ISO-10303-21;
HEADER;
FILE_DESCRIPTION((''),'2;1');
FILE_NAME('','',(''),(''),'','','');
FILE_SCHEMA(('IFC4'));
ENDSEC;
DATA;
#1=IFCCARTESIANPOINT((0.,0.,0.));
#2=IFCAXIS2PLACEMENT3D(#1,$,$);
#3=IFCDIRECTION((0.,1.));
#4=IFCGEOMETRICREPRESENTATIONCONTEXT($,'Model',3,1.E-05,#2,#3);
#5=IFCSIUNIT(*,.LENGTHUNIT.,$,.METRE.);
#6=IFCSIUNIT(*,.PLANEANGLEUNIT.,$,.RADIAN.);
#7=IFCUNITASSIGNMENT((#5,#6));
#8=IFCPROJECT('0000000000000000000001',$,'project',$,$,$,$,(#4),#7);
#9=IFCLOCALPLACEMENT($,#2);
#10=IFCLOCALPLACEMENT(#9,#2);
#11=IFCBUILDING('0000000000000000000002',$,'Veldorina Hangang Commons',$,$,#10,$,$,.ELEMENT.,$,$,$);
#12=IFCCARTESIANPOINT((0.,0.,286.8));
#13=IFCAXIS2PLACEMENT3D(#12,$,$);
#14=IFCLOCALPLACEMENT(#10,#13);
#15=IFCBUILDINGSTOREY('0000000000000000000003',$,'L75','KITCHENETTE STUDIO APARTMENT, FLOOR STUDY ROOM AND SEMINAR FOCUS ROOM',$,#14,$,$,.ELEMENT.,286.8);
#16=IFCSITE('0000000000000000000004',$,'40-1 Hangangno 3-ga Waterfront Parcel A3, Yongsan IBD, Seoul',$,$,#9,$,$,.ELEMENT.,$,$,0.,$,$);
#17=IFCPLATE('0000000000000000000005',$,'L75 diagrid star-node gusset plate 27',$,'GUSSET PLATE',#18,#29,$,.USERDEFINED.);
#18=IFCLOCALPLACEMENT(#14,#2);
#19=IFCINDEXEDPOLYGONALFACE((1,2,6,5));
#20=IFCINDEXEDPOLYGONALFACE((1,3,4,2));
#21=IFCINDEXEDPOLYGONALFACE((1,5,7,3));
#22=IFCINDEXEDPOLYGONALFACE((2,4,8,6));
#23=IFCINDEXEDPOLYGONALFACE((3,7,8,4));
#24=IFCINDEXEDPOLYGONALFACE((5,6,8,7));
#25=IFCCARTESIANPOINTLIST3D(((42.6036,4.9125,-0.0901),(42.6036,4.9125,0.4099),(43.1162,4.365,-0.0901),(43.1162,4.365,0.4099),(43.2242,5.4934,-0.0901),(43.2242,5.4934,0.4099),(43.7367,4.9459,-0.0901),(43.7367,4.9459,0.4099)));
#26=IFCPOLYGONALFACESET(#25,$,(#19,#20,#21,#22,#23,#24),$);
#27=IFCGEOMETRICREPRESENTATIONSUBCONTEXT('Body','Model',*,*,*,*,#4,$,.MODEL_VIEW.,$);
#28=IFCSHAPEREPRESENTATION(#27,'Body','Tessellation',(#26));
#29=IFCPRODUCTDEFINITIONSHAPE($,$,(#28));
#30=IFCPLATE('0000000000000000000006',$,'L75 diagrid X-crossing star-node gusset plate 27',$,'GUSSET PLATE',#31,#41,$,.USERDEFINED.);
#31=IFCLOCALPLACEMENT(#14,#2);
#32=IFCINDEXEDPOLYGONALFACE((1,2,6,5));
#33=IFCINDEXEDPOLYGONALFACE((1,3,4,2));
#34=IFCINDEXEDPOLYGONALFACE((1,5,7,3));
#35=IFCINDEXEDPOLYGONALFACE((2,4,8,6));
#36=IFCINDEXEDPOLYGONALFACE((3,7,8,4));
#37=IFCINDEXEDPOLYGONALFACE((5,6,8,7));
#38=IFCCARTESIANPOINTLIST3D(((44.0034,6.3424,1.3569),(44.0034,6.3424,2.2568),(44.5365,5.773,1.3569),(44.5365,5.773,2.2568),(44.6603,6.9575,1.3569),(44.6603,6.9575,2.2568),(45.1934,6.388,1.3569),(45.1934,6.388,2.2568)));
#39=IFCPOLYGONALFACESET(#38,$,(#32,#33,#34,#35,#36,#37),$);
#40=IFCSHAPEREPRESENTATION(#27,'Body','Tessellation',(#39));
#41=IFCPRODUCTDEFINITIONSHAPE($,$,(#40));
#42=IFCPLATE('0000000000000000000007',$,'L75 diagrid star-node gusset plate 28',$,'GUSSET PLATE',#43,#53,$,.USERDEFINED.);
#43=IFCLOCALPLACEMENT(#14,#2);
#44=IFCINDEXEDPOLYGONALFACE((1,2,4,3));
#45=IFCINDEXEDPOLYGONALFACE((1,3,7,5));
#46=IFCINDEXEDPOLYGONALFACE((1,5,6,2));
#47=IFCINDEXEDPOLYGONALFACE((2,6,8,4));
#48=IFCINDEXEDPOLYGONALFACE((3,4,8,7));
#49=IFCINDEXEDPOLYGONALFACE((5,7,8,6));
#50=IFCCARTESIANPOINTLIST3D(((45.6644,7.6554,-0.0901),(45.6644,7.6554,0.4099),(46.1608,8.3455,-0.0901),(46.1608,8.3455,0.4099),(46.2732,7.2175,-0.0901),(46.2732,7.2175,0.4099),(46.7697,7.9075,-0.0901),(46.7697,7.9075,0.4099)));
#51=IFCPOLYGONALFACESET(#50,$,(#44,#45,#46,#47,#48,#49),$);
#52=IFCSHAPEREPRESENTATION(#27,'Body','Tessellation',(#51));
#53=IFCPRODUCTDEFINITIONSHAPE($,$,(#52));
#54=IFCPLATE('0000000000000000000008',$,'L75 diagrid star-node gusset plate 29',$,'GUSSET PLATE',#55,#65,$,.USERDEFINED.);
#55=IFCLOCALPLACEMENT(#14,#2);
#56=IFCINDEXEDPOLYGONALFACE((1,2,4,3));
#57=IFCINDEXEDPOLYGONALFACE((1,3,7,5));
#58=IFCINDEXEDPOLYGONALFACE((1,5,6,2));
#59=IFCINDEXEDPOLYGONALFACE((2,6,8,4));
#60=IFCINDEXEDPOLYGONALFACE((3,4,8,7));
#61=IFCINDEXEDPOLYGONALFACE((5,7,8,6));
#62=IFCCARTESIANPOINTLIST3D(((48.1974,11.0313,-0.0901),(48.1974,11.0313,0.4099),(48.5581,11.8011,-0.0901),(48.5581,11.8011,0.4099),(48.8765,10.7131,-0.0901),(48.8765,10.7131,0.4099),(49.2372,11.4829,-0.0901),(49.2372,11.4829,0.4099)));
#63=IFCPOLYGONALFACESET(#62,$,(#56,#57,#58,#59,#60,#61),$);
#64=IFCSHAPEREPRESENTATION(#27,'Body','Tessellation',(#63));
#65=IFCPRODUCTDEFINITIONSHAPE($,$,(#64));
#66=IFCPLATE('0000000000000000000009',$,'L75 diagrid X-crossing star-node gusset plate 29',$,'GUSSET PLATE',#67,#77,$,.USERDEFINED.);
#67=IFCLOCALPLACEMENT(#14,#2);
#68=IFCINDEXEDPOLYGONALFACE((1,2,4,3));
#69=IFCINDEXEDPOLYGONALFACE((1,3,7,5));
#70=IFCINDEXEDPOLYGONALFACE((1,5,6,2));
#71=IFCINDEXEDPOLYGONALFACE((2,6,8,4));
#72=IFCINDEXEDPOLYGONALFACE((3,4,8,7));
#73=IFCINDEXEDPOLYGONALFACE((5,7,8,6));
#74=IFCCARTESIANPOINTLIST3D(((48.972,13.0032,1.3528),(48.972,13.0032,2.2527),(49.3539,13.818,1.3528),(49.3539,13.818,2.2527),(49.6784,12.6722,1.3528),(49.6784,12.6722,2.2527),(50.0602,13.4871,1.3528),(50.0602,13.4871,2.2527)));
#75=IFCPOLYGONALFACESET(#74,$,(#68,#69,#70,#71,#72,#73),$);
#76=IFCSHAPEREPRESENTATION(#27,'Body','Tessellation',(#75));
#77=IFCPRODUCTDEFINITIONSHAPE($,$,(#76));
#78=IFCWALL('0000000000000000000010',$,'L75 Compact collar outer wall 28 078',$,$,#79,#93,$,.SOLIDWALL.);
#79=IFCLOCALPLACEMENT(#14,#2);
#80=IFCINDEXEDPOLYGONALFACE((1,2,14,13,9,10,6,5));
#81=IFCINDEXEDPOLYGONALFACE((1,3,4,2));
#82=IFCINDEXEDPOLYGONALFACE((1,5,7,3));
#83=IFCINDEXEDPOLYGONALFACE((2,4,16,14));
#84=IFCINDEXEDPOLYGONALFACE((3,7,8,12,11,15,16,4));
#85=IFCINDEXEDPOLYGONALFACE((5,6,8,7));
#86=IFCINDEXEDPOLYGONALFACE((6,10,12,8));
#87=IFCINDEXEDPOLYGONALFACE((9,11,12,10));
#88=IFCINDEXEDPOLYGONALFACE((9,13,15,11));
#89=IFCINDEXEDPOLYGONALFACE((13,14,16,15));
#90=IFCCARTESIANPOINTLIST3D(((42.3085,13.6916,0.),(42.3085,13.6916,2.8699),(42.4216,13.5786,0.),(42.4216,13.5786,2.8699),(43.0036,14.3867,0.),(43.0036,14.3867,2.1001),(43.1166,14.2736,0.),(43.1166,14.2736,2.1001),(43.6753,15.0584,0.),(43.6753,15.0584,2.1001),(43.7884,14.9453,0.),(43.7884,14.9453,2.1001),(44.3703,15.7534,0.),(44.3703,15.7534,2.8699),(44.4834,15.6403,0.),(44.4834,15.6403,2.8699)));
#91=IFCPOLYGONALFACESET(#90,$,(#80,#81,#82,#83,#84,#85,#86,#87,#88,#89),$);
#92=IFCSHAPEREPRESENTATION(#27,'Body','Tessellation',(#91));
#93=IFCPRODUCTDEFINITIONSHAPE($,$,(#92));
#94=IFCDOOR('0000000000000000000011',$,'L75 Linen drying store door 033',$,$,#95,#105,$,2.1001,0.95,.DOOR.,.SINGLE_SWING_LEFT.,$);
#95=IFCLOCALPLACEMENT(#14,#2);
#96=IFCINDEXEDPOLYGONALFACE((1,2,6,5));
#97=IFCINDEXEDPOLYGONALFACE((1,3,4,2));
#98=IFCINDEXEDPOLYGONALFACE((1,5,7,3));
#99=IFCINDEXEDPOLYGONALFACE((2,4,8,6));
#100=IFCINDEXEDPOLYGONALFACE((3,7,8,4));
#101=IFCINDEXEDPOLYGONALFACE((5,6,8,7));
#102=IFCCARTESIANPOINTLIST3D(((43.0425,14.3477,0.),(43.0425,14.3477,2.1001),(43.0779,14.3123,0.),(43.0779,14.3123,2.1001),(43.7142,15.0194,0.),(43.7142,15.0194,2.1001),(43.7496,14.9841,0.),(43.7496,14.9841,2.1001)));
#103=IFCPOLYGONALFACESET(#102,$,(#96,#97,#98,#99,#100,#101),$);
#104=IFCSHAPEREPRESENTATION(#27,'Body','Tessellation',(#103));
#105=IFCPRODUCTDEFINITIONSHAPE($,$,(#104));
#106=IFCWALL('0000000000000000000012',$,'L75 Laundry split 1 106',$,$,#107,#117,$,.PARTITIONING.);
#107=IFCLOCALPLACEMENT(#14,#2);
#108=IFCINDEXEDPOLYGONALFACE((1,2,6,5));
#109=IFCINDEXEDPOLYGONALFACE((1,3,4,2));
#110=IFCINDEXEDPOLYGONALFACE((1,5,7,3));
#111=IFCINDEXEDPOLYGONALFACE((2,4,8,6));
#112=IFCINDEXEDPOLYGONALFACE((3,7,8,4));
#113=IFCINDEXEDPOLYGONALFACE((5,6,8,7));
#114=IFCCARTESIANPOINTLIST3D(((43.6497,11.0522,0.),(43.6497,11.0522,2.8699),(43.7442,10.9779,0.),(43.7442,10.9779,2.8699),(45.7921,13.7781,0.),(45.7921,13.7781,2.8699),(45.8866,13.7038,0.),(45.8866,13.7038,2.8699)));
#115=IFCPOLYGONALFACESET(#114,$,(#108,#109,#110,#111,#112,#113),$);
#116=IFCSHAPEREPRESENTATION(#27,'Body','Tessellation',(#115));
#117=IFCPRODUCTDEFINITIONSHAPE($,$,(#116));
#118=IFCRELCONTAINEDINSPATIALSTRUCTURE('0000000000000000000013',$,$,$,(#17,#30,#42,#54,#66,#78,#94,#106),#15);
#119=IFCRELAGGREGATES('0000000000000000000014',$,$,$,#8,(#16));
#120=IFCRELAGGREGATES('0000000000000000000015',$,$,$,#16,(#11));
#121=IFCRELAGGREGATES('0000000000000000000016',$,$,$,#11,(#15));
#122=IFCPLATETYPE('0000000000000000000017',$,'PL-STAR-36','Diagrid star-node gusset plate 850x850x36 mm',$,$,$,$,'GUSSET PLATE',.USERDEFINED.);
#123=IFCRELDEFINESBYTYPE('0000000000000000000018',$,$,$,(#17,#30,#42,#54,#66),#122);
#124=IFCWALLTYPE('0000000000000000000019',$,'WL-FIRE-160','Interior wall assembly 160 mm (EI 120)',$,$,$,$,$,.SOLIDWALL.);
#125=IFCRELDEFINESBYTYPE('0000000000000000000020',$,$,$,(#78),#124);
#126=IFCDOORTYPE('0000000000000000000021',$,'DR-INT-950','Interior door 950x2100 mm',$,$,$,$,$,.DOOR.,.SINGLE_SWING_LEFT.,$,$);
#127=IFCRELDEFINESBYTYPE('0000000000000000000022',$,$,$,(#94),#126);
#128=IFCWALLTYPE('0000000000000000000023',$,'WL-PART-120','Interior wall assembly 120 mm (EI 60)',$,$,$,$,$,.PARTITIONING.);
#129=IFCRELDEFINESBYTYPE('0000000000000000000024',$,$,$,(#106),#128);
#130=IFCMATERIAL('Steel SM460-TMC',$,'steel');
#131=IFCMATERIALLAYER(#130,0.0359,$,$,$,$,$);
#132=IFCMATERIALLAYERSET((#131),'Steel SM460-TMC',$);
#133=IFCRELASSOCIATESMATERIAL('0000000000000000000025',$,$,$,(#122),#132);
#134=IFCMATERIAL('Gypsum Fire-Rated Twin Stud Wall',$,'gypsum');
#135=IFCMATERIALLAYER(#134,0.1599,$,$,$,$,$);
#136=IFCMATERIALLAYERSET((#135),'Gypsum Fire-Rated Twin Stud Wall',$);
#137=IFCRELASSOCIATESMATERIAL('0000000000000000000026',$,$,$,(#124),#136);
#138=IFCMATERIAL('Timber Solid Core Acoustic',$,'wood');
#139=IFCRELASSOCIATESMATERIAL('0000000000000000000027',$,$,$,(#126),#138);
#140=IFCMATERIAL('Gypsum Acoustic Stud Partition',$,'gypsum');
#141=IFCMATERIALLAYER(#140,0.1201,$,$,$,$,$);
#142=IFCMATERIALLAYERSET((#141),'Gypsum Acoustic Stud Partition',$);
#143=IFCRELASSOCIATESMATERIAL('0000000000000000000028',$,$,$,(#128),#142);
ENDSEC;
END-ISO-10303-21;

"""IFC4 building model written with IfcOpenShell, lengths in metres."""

from ifc_helpers import new_model, si_unit, direction, frame, frame_2d, origin, origin_2d, place, context, subcontext, project, spatial, rectangle, extrude, material, layer, layer_set, type_object, element, fill, save


model = new_model("IFC4")

# Units and contexts
model_context = context("Model", 3, precision=1e-05, world=origin(), true_north=direction((0.0, 1.0)))
body_context = subcontext(model_context, "Body", "Model", "MODEL_VIEW")
ifc_project = project(units=[si_unit("LENGTHUNIT", "METRE"), si_unit("PLANEANGLEUNIT", "RADIAN")], contexts=[model_context])

# Site, building, storey
site_placement = place(None, origin())
site = spatial("IfcSite", under=ifc_project, at=site_placement, Name="40-1 Hangangno 3-ga Waterfront Parcel A3, Yongsan IBD, Seoul", CompositionType="ELEMENT", RefElevation=0.0)
building_placement = place(site_placement, origin())
building = spatial("IfcBuilding", under=site, at=building_placement, Name="Veldorina Hangang Commons", CompositionType="ELEMENT")
storey_placement = place(building_placement, frame((0.0, 0.0, 286.8)))
storey = spatial("IfcBuildingStorey", under=building, at=storey_placement, Name="L75", Description="KITCHENETTE STUDIO APARTMENT, FLOOR STUDY ROOM AND SEMINAR FOCUS ROOM", CompositionType="ELEMENT", Elevation=286.8)

# Plates
ifc_material_1 = material(Name="Steel SM460-TMC", Category="steel")
ifc_layer_1 = layer(ifc_material_1, 0.0359)
ifc_layer_set_1 = layer_set([ifc_layer_1], Name="Steel SM460-TMC")
plate_type_1 = type_object("IfcPlateType", Name="PL-STAR-36", Description="Diagrid star-node gusset plate 850x850x36 mm", ElementType="GUSSET PLATE", PredefinedType="USERDEFINED", material=ifc_layer_set_1)
plate_1_placement = place(storey_placement, frame((43.1702, 4.9292, -0.0901), z_axis=(0.0, 0.0, 1.0), x_axis=(0.730007, 0.683439, 0.0)))
element("IfcPlate", 1, at=plate_1_placement, inside=storey, type_object=plate_type_1, Name="L75 diagrid star-node gusset plate 27", ObjectType="GUSSET PLATE", PredefinedType="USERDEFINED", context=body_context, shape_type="SweptSolid", body=[
    extrude(rectangle(XDim=0.8501, YDim=0.75, at=origin_2d()), origin(), (0.0, 0.0, 1.0), 0.5),
])
plate_2_placement = place(storey_placement, frame((44.5984, 6.3652, 1.3569), z_axis=(0.0, 0.0, 1.0), x_axis=(0.730007, 0.683439, 0.0)))
element("IfcPlate", 2, at=plate_2_placement, inside=storey, type_object=plate_type_1, Name="L75 diagrid X-crossing star-node gusset plate 27", ObjectType="GUSSET PLATE", PredefinedType="USERDEFINED", context=body_context, shape_type="SweptSolid", body=[
    extrude(rectangle(XDim=0.8999, YDim=0.78, at=origin_2d()), origin(), (0.0, 0.0, 1.0), 0.8999),
])
for number, where, z_axis, x_axis, name in (
    (3, (46.217, 7.7815, -0.0901), (0.0, 0.0, 1.0), (0.583981, 0.811768, 0.0), "L75 diagrid star-node gusset plate 28"),
    (4, (48.7173, 11.2571, -0.0901), (0.0, 0.0, 1.0), (0.424294, 0.905524, 0.0), "L75 diagrid star-node gusset plate 29"),
):
    element("IfcPlate", number, at=place(storey_placement, frame(where, z_axis=z_axis, x_axis=x_axis)), inside=storey, type_object=plate_type_1, Name=name, ObjectType="GUSSET PLATE", PredefinedType="USERDEFINED", context=body_context, shape_type="SweptSolid", body=[
        extrude(rectangle(XDim=0.8501, YDim=0.75, at=origin_2d()), origin(), (0.0, 0.0, 1.0), 0.5),
    ])
plate_3_placement = place(storey_placement, frame((49.5161, 13.2451, 1.3528), z_axis=(0.0, 0.0, 1.0), x_axis=(0.424294, 0.905524, 0.0)))
element("IfcPlate", 5, at=plate_3_placement, inside=storey, type_object=plate_type_1, Name="L75 diagrid X-crossing star-node gusset plate 29", ObjectType="GUSSET PLATE", PredefinedType="USERDEFINED", context=body_context, shape_type="SweptSolid", body=[
    extrude(rectangle(XDim=0.8999, YDim=0.78, at=origin_2d()), origin(), (0.0, 0.0, 1.0), 0.8999),
])

# Wall, opening, door
ifc_material_2 = material(Name="Gypsum Fire-Rated Twin Stud Wall", Category="gypsum")
ifc_layer_2 = layer(ifc_material_2, 0.1599)
ifc_layer_set_2 = layer_set([ifc_layer_2], Name="Gypsum Fire-Rated Twin Stud Wall")
wall_type_1 = type_object("IfcWallType", Name="WL-FIRE-160", Description="Interior wall assembly 160 mm (EI 120)", PredefinedType="SOLIDWALL", material=ifc_layer_set_2)
wall_1_placement = place(storey_placement, frame((42.365, 13.635, 0.0), z_axis=(0.0, 0.0, 1.0), x_axis=(0.707107, 0.707107, 0.0)))
wall_1 = element("IfcWall", 6, at=wall_1_placement, inside=storey, type_object=wall_type_1, Name="L75 Compact collar outer wall 28 078", PredefinedType="SOLIDWALL", context=body_context, shape_type="SweptSolid", body=[
    extrude(rectangle(XDim=2.9158, YDim=0.1599, at=frame_2d((1.458, 0.0))), origin(), (0.0, 0.0, 1.0), 2.8699),
])
opening_placement = place(wall_1_placement, frame((0.9829, 0.0, 0.0)))
opening = element("IfcOpeningElement", 7, at=opening_placement, cuts=wall_1, PredefinedType="OPENING", context=body_context, shape_type="SweptSolid", body=[
    extrude(rectangle(XDim=0.95, YDim=2.1001, at=frame_2d((0.4751, 1.05))), frame((0.0, 0.0898, 0.0), z_axis=(0.0, -1.0, 0.0), x_axis=(1.0, 0.0, 0.0)), (0.0, 0.0, 1.0), 0.1799),
])
ifc_material_3 = material(Name="Timber Solid Core Acoustic", Category="wood")
door_type = type_object("IfcDoorType", Name="DR-INT-950", Description="Interior door 950x2100 mm", OperationType="SINGLE_SWING_LEFT", PredefinedType="DOOR", material=ifc_material_3)
door_placement = place(opening_placement, origin())
door = element("IfcDoor", 8, at=door_placement, inside=storey, type_object=door_type, Name="L75 Linen drying store door 033", OperationType="SINGLE_SWING_LEFT", OverallHeight=2.1001, OverallWidth=0.95, PredefinedType="DOOR", context=body_context, shape_type="SweptSolid", body=[
    extrude(rectangle(XDim=0.95, YDim=2.1001, at=frame_2d((0.4751, 1.05))), frame((0.0, 0.0249, 0.0), z_axis=(0.0, -1.0, 0.0), x_axis=(1.0, 0.0, 0.0)), (0.0, 0.0, 1.0), 0.05),
])
fill(opening, door)

# Wall
ifc_material_4 = material(Name="Gypsum Acoustic Stud Partition", Category="gypsum")
ifc_layer_3 = layer(ifc_material_4, 0.1201)
ifc_layer_set_3 = layer_set([ifc_layer_3], Name="Gypsum Acoustic Stud Partition")
wall_type_2 = type_object("IfcWallType", Name="WL-PART-120", Description="Interior wall assembly 120 mm (EI 60)", PredefinedType="PARTITIONING", material=ifc_layer_set_3)
wall_2_placement = place(storey_placement, frame((43.697, 11.0151, 0.0), z_axis=(0.0, 0.0, 1.0), x_axis=(0.61793, 0.786233, 0.0)))
element("IfcWall", 9, at=wall_2_placement, inside=storey, type_object=wall_type_2, Name="L75 Laundry split 1 106", PredefinedType="PARTITIONING", context=body_context, shape_type="SweptSolid", body=[
    extrude(rectangle(XDim=3.467, YDim=0.1201, at=frame_2d((1.7334, 0.0))), origin(), (0.0, 0.0, 1.0), 2.8699),
])

save(model, "model.ifc")
